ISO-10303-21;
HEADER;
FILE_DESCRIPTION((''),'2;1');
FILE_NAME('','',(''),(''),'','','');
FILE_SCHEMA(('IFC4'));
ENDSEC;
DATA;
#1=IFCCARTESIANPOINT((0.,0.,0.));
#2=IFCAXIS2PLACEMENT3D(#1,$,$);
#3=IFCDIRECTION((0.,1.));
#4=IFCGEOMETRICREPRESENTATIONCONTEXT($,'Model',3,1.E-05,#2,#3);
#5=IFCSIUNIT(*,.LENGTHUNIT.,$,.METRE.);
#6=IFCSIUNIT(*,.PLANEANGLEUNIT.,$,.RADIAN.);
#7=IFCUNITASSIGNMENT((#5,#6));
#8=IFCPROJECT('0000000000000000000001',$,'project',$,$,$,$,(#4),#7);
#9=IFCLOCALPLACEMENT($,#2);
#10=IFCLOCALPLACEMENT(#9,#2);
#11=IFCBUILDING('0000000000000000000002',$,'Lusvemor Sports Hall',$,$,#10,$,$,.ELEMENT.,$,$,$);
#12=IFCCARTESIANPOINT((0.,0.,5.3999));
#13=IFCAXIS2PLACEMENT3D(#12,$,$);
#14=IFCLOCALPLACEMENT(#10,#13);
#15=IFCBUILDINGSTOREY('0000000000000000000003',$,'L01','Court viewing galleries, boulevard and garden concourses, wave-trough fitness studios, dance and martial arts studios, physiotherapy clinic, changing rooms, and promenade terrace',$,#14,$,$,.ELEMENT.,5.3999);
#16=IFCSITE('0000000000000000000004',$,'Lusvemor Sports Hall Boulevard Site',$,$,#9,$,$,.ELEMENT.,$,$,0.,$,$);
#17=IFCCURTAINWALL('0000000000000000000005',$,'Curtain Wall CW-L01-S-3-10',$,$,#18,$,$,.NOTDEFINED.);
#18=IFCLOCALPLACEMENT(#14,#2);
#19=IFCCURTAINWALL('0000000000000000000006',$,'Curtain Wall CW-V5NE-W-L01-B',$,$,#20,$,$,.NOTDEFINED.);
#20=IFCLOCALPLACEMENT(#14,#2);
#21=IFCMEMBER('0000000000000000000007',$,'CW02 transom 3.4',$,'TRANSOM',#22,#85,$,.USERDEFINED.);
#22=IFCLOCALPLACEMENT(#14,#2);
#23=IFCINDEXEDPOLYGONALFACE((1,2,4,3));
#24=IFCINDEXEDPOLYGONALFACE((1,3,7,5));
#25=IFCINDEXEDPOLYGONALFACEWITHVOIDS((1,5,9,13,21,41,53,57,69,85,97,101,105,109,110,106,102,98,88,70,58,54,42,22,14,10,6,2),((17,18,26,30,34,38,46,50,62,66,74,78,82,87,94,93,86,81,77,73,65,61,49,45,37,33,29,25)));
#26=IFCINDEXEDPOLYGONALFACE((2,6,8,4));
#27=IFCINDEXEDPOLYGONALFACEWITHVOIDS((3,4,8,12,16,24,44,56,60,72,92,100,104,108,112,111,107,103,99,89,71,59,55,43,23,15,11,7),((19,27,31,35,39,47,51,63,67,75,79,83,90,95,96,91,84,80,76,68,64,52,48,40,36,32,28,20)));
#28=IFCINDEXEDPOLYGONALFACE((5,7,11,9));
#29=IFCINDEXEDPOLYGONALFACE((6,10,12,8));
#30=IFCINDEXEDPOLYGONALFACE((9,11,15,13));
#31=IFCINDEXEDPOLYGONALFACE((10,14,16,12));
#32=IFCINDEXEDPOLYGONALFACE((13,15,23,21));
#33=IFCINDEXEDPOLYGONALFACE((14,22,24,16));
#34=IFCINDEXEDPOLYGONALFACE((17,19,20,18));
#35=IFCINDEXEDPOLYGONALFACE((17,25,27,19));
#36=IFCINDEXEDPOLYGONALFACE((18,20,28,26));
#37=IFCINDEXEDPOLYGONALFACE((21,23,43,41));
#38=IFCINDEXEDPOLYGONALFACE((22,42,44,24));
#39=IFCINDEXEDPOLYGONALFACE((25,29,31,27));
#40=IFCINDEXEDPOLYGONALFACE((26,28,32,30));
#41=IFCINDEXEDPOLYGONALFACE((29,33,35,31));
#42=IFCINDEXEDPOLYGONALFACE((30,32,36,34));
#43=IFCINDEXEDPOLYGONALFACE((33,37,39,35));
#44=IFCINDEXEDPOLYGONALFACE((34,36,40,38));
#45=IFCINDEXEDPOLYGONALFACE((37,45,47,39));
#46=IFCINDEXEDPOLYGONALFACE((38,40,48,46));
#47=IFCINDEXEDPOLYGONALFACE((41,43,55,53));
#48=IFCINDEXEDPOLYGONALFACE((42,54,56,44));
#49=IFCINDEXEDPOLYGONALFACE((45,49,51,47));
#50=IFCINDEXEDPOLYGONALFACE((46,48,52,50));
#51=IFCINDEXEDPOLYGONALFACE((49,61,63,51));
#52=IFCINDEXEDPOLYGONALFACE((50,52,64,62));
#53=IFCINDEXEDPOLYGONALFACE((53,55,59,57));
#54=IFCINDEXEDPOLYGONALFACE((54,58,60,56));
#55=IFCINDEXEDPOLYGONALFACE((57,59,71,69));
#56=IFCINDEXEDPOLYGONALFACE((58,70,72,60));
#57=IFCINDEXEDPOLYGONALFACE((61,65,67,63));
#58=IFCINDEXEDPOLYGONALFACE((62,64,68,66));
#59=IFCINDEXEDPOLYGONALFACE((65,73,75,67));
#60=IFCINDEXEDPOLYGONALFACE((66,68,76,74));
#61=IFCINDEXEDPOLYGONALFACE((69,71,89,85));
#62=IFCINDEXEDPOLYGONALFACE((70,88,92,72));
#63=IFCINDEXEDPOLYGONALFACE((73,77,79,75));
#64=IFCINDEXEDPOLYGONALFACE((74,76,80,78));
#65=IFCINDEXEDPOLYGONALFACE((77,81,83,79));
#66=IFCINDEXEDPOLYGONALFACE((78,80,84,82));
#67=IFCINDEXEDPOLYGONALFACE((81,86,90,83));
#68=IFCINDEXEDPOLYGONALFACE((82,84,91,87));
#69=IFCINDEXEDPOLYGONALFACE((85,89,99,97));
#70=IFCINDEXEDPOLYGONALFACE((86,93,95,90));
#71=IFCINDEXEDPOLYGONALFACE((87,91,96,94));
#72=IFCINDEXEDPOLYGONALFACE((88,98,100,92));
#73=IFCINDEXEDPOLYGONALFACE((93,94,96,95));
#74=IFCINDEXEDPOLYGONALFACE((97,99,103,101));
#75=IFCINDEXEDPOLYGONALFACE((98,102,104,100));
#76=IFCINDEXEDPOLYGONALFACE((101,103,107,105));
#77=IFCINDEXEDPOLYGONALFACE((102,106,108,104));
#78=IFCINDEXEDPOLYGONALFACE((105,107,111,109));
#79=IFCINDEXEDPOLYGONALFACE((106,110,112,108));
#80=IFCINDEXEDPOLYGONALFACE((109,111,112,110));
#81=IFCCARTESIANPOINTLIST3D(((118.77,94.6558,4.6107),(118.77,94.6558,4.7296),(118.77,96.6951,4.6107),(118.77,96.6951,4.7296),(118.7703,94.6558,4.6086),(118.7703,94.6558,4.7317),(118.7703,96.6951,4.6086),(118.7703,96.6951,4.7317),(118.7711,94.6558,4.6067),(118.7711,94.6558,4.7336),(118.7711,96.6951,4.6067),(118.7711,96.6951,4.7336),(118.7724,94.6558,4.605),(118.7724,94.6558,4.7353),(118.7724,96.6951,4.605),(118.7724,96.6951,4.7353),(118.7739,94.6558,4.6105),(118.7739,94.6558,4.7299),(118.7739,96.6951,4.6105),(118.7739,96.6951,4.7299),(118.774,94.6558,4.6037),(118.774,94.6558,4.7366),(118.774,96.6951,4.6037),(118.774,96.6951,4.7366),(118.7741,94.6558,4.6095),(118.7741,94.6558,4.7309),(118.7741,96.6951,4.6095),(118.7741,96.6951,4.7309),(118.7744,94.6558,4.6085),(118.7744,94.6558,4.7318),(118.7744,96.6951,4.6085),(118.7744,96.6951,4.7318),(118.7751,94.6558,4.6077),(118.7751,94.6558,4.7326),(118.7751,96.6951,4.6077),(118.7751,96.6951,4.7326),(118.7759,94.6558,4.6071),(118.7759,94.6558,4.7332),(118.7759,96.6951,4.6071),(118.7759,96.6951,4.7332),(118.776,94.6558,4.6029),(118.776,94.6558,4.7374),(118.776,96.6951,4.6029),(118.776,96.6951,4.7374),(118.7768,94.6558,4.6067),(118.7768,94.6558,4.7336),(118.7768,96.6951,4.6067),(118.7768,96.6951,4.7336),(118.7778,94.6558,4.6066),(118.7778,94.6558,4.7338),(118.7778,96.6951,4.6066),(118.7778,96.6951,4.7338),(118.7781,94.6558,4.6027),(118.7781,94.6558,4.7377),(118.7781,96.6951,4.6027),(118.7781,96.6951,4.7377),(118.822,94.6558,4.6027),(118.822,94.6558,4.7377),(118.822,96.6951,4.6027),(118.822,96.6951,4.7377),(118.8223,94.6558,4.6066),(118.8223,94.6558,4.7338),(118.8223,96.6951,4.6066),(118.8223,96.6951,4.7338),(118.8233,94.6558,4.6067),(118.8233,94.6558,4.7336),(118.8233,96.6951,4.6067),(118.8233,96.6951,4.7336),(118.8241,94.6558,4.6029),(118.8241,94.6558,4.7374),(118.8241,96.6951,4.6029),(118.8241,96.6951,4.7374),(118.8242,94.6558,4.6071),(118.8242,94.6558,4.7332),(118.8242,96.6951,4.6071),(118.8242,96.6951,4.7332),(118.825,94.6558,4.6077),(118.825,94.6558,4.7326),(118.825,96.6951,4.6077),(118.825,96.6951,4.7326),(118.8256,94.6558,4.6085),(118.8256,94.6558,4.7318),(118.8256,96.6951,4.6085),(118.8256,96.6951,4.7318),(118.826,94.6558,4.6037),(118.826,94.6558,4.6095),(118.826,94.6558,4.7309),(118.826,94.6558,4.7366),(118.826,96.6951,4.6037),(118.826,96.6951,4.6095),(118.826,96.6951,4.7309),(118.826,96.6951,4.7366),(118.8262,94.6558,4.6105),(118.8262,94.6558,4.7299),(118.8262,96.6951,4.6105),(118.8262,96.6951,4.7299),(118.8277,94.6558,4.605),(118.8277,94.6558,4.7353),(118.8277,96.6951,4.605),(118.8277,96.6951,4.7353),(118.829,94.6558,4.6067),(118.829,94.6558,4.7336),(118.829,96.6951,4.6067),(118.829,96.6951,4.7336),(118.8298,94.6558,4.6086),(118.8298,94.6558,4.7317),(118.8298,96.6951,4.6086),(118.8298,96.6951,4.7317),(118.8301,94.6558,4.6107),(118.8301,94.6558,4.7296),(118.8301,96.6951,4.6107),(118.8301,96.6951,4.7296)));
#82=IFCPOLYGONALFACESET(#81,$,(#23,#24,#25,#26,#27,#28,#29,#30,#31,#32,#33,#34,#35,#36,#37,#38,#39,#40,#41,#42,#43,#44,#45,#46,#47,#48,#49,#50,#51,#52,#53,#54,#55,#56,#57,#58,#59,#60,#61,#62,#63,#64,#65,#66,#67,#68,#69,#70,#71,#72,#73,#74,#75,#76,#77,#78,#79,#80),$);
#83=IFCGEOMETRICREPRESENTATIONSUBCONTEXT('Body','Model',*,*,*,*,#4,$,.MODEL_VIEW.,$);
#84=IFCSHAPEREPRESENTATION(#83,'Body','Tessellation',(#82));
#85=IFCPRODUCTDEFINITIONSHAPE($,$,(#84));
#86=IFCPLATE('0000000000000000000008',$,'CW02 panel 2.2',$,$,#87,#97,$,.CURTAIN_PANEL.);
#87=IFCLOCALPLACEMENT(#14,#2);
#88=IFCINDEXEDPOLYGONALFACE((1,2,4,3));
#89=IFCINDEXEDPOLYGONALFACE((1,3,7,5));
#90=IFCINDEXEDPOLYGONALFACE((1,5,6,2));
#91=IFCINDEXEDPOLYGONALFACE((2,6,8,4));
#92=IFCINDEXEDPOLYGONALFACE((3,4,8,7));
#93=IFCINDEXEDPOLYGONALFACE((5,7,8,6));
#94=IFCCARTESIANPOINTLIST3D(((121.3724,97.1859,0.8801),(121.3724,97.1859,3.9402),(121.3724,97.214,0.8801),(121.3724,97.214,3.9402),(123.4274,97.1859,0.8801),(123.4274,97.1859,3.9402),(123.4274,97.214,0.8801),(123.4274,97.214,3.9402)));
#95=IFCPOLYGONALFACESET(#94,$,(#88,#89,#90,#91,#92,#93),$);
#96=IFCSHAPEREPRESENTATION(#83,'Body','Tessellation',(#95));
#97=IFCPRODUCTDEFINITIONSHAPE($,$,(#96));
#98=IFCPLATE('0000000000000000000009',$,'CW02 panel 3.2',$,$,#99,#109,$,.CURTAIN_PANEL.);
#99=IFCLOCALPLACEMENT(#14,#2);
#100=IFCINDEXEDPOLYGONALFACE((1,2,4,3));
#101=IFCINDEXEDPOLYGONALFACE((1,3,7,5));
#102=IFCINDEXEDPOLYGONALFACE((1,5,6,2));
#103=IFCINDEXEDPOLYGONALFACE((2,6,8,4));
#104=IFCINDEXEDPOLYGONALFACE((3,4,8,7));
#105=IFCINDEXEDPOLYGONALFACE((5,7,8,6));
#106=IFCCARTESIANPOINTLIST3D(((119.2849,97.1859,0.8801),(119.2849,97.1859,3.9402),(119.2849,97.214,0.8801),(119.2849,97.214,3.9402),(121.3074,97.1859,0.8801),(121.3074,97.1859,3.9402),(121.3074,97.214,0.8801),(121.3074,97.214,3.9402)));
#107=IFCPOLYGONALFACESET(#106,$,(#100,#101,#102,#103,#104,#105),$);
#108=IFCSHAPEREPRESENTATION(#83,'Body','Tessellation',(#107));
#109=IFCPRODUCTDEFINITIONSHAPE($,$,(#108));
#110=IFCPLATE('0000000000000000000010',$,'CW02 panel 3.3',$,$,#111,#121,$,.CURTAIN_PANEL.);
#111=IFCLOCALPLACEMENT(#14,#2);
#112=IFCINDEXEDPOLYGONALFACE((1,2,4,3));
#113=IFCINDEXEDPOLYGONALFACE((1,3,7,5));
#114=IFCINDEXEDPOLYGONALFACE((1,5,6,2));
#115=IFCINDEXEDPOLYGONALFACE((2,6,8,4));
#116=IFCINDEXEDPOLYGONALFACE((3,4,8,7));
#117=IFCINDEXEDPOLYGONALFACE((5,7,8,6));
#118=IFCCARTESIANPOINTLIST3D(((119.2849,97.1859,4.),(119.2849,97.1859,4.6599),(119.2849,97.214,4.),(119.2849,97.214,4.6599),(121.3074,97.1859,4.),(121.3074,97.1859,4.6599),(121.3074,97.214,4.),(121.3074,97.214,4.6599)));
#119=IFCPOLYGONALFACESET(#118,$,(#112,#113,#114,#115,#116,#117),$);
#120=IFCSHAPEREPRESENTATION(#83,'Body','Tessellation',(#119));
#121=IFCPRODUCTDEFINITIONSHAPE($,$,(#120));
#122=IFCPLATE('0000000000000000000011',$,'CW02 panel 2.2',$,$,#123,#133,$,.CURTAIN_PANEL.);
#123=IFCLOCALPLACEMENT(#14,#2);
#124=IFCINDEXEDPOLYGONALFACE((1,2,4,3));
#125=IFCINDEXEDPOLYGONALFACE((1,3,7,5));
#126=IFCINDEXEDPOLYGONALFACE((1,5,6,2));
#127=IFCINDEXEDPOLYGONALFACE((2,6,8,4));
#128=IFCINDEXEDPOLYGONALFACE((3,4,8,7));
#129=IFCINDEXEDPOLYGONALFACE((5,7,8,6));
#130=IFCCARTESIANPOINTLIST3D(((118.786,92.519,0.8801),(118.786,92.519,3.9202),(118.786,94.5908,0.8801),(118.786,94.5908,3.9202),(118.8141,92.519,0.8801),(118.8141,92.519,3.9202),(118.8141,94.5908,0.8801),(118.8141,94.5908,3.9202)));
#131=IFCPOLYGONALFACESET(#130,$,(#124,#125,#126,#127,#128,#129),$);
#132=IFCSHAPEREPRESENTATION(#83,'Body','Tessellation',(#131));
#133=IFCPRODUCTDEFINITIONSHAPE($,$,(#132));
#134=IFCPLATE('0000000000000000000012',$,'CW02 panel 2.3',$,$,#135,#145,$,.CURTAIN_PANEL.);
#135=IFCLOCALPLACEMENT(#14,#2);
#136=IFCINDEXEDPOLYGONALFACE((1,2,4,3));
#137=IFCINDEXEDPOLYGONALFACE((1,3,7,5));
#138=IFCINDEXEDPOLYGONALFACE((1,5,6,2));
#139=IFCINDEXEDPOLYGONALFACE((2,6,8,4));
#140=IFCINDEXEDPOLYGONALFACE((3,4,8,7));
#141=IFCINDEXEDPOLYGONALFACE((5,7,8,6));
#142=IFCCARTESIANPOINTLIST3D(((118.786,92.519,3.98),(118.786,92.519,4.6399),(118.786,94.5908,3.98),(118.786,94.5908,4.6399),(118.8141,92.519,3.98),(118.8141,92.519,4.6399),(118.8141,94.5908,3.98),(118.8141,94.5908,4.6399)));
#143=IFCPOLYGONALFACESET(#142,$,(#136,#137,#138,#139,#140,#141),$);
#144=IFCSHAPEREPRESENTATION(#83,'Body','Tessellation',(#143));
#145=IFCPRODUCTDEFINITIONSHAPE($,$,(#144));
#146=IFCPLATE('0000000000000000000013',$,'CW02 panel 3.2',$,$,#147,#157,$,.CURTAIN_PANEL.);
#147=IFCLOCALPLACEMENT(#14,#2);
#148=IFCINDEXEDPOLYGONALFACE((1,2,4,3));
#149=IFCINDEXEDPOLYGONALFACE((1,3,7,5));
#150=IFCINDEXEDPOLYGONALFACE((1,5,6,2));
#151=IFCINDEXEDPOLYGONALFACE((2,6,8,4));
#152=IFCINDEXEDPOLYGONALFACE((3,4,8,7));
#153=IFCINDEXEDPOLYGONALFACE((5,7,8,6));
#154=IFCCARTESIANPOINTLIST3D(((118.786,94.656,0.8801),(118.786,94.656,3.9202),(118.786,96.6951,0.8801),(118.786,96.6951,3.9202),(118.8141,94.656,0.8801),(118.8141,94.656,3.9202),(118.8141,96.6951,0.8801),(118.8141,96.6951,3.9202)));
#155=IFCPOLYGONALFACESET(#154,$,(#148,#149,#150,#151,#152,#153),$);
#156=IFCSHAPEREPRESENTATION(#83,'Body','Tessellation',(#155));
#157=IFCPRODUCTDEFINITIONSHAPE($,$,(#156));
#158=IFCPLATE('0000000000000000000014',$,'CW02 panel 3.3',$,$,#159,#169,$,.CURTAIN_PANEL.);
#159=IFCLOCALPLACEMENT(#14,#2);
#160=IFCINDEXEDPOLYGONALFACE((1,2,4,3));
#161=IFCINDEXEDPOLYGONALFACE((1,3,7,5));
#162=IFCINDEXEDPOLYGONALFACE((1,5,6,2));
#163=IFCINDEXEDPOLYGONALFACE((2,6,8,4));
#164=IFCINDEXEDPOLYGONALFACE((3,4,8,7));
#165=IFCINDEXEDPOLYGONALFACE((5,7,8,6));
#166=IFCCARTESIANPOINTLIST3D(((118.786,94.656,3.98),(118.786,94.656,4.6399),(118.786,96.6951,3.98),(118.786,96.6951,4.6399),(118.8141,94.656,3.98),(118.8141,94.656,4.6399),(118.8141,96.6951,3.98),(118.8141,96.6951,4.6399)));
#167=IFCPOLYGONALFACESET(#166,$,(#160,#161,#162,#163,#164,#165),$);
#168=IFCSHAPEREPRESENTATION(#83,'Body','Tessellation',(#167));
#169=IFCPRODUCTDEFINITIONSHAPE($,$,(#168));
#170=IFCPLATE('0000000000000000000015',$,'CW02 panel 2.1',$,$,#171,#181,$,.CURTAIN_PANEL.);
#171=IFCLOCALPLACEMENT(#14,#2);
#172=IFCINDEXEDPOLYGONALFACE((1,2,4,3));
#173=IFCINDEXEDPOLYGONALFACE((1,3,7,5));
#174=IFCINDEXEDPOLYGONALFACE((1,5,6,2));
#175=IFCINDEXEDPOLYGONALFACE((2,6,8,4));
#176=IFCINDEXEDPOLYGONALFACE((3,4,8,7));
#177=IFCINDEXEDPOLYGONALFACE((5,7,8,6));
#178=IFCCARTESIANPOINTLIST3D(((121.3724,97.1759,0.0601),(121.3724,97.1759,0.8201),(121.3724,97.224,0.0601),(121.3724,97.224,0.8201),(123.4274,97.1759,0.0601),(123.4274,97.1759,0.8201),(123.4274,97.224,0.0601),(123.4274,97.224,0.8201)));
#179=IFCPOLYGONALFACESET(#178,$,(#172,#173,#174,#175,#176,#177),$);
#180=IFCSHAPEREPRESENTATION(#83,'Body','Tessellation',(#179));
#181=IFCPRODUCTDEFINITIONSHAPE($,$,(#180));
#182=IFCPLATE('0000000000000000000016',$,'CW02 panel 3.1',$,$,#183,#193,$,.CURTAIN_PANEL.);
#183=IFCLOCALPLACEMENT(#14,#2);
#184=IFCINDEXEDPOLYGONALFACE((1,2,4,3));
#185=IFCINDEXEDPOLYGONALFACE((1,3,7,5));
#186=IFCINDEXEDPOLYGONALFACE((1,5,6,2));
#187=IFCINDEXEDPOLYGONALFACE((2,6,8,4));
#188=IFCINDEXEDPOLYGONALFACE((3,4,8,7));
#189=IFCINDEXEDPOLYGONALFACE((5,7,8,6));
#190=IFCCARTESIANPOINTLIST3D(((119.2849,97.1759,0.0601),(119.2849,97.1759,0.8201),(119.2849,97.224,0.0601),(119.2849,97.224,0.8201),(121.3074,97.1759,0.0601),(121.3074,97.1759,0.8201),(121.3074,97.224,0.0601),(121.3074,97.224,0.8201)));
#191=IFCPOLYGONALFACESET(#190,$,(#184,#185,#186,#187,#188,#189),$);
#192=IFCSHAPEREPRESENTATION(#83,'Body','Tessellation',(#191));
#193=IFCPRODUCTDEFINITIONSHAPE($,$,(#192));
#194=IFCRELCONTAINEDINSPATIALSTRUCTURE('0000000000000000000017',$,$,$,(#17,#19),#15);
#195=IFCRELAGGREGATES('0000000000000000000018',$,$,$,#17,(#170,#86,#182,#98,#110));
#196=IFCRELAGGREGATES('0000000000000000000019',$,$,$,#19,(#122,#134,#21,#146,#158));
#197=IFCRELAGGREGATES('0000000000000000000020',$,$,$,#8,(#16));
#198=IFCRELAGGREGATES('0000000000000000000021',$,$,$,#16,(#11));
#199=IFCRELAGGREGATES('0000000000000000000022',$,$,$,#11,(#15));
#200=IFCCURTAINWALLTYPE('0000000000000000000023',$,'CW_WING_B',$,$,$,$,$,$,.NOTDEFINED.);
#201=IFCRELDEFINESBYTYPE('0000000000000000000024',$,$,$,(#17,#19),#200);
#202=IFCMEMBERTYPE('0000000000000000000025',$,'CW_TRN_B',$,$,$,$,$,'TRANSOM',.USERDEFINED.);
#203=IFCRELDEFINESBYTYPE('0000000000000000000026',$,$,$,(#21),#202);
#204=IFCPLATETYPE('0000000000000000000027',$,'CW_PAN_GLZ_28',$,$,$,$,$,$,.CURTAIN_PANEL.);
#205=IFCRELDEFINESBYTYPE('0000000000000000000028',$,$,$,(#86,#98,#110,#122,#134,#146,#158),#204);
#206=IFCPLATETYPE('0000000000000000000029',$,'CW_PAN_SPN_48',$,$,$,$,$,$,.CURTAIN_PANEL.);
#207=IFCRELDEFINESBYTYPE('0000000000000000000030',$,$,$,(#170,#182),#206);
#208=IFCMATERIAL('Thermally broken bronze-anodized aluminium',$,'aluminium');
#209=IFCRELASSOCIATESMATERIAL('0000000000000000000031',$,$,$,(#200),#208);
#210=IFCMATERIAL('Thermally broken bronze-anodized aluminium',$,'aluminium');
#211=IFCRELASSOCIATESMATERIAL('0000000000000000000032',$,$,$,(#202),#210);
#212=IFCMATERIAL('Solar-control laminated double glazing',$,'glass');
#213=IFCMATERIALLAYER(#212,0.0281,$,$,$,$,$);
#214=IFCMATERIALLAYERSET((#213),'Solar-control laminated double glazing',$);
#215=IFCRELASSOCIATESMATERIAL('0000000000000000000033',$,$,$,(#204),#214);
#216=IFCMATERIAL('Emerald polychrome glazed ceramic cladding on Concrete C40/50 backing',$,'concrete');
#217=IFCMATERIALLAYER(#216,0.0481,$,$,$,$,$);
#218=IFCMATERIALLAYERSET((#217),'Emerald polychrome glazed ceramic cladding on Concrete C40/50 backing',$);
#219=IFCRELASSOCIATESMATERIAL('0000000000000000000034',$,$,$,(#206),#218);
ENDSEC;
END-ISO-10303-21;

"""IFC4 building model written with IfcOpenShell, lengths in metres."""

from ifc_helpers import new_model, si_unit, direction, frame, origin, origin_2d, place, context, subcontext, project, spatial, rectangle, hollow_rectangle, extrude, material, layer, layer_set, material_profile, profile_set, type_object, element, aggregate, save


model = new_model("IFC4")

# Units and contexts
model_context = context("Model", 3, precision=1e-05, world=origin(), true_north=direction((0.0, 1.0)))
body_context = subcontext(model_context, "Body", "Model", "MODEL_VIEW")
ifc_project = project(units=[si_unit("LENGTHUNIT", "METRE"), si_unit("PLANEANGLEUNIT", "RADIAN")], contexts=[model_context])

# Site, building, storey
site_placement = place(None, origin())
site = spatial("IfcSite", under=ifc_project, at=site_placement, Name="Lusvemor Sports Hall Boulevard Site", CompositionType="ELEMENT", RefElevation=0.0)
building_placement = place(site_placement, origin())
building = spatial("IfcBuilding", under=site, at=building_placement, Name="Lusvemor Sports Hall", CompositionType="ELEMENT")
storey_placement = place(building_placement, frame((0.0, 0.0, 5.3999)))
storey = spatial("IfcBuildingStorey", under=building, at=storey_placement, Name="L01", Description="Court viewing galleries, boulevard and garden concourses, wave-trough fitness studios, dance and martial arts studios, physiotherapy clinic, changing rooms, and promenade terrace", CompositionType="ELEMENT", Elevation=5.3999)

# Curtain walls
ifc_material_1 = material(Name="Thermally broken bronze-anodized aluminium", Category="aluminium")
curtain_wall_type = type_object("IfcCurtainWallType", Name="CW_WING_B", PredefinedType="NOTDEFINED", material=ifc_material_1)
curtain_wall_1_placement = place(storey_placement, origin())
curtain_wall_1 = element("IfcCurtainWall", 1, at=curtain_wall_1_placement, inside=storey, type_object=curtain_wall_type, Name="Curtain Wall CW-L01-S-3-10", PredefinedType="NOTDEFINED")
curtain_wall_2_placement = place(storey_placement, origin())
curtain_wall_2 = element("IfcCurtainWall", 2, at=curtain_wall_2_placement, inside=storey, type_object=curtain_wall_type, Name="Curtain Wall CW-V5NE-W-L01-B", PredefinedType="NOTDEFINED")

# Member
ifc_material_2 = material(Name="Thermally broken bronze-anodized aluminium", Category="aluminium")
ifc_material_profile_1 = material_profile(ifc_material_2, hollow_rectangle(XDim=0.0601, YDim=0.135, WallThickness=0.0039, InnerFilletRadius=0.0039, OuterFilletRadius=0.0081, at=origin_2d()), Name="CWTRN135x60x4")
ifc_profile_set_1 = profile_set([ifc_material_profile_1], Name="Thermally broken bronze-anodized aluminium")
member_type_1 = type_object("IfcMemberType", Name="CW_TRN_B", ElementType="TRANSOM", PredefinedType="USERDEFINED", material=ifc_profile_set_1)
member_1_placement = place(storey_placement, frame((118.8, 94.6558, 4.6702), z_axis=(0.0, 1.0, 0.0), x_axis=(-1.0, 0.0, 0.0)))
member_1 = element("IfcMember", 3, at=member_1_placement, type_object=member_type_1, Name="CW02 transom 3.4", ObjectType="TRANSOM", PredefinedType="USERDEFINED", context=body_context, shape_type="SweptSolid", body=[
    extrude(hollow_rectangle(XDim=0.0601, YDim=0.135, WallThickness=0.0039, InnerFilletRadius=0.0039, OuterFilletRadius=0.0081, at=origin_2d()), origin(), (0.0, 0.0, 1.0), 2.0393),
])

# Plates
ifc_material_3 = material(Name="Solar-control laminated double glazing", Category="glass")
ifc_layer_1 = layer(ifc_material_3, 0.0281)
ifc_layer_set_1 = layer_set([ifc_layer_1], Name="Solar-control laminated double glazing")
plate_type_1 = type_object("IfcPlateType", Name="CW_PAN_GLZ_28", PredefinedType="CURTAIN_PANEL", material=ifc_layer_set_1)
plate_1_placement = place(storey_placement, frame((122.3999, 97.2, 0.8801), z_axis=(0.0, 0.0, 1.0), x_axis=(-1.0, 0.0, 0.0)))
plate_1 = element("IfcPlate", 4, at=plate_1_placement, type_object=plate_type_1, Name="CW02 panel 2.2", PredefinedType="CURTAIN_PANEL", context=body_context, shape_type="SweptSolid", body=[
    extrude(rectangle(XDim=2.0549, YDim=0.0281, at=origin_2d()), origin(), (0.0, 0.0, 1.0), 3.0601),
])
plate_2_placement = place(storey_placement, frame((120.2961, 97.2, 0.8801), z_axis=(0.0, 0.0, 1.0), x_axis=(-1.0, 0.0, 0.0)))
plate_2 = element("IfcPlate", 5, at=plate_2_placement, type_object=plate_type_1, Name="CW02 panel 3.2", PredefinedType="CURTAIN_PANEL", context=body_context, shape_type="SweptSolid", body=[
    extrude(rectangle(XDim=2.0225, YDim=0.0281, at=origin_2d()), origin(), (0.0, 0.0, 1.0), 3.0601),
])
plate_3_placement = place(storey_placement, frame((120.2961, 97.2, 4.0), z_axis=(0.0, 0.0, 1.0), x_axis=(-1.0, 0.0, 0.0)))
plate_3 = element("IfcPlate", 6, at=plate_3_placement, type_object=plate_type_1, Name="CW02 panel 3.3", PredefinedType="CURTAIN_PANEL", context=body_context, shape_type="SweptSolid", body=[
    extrude(rectangle(XDim=2.0225, YDim=0.0281, at=origin_2d()), origin(), (0.0, 0.0, 1.0), 0.6599),
])
plate_4_placement = place(storey_placement, frame((118.8, 93.5549, 0.8801), z_axis=(0.0, 0.0, 1.0), x_axis=(0.0, 1.0, 0.0)))
plate_4 = element("IfcPlate", 7, at=plate_4_placement, type_object=plate_type_1, Name="CW02 panel 2.2", PredefinedType="CURTAIN_PANEL", context=body_context, shape_type="SweptSolid", body=[
    extrude(rectangle(XDim=2.0718, YDim=0.0281, at=origin_2d()), origin(), (0.0, 0.0, 1.0), 3.04),
])
plate_5_placement = place(storey_placement, frame((118.8, 93.5549, 3.98), z_axis=(0.0, 0.0, 1.0), x_axis=(0.0, 1.0, 0.0)))
plate_5 = element("IfcPlate", 8, at=plate_5_placement, type_object=plate_type_1, Name="CW02 panel 2.3", PredefinedType="CURTAIN_PANEL", context=body_context, shape_type="SweptSolid", body=[
    extrude(rectangle(XDim=2.0718, YDim=0.0281, at=origin_2d()), origin(), (0.0, 0.0, 1.0), 0.6599),
])
plate_6_placement = place(storey_placement, frame((118.8, 95.6755, 0.8801), z_axis=(0.0, 0.0, 1.0), x_axis=(0.0, 1.0, 0.0)))
plate_6 = element("IfcPlate", 9, at=plate_6_placement, type_object=plate_type_1, Name="CW02 panel 3.2", PredefinedType="CURTAIN_PANEL", context=body_context, shape_type="SweptSolid", body=[
    extrude(rectangle(XDim=2.0391, YDim=0.0281, at=origin_2d()), origin(), (0.0, 0.0, 1.0), 3.04),
])
plate_7_placement = place(storey_placement, frame((118.8, 95.6755, 3.98), z_axis=(0.0, 0.0, 1.0), x_axis=(0.0, 1.0, 0.0)))
plate_7 = element("IfcPlate", 10, at=plate_7_placement, type_object=plate_type_1, Name="CW02 panel 3.3", PredefinedType="CURTAIN_PANEL", context=body_context, shape_type="SweptSolid", body=[
    extrude(rectangle(XDim=2.0391, YDim=0.0281, at=origin_2d()), origin(), (0.0, 0.0, 1.0), 0.6599),
])
ifc_material_4 = material(Name="Emerald polychrome glazed ceramic cladding on Concrete C40/50 backing", Category="concrete")
ifc_layer_2 = layer(ifc_material_4, 0.0481)
ifc_layer_set_2 = layer_set([ifc_layer_2], Name="Emerald polychrome glazed ceramic cladding on Concrete C40/50 backing")
plate_type_2 = type_object("IfcPlateType", Name="CW_PAN_SPN_48", PredefinedType="CURTAIN_PANEL", material=ifc_layer_set_2)
plate_8_placement = place(storey_placement, frame((122.3999, 97.2, 0.0601), z_axis=(0.0, 0.0, 1.0), x_axis=(-1.0, 0.0, 0.0)))
plate_8 = element("IfcPlate", 11, at=plate_8_placement, type_object=plate_type_2, Name="CW02 panel 2.1", PredefinedType="CURTAIN_PANEL", context=body_context, shape_type="SweptSolid", body=[
    extrude(rectangle(XDim=2.0549, YDim=0.0481, at=origin_2d()), origin(), (0.0, 0.0, 1.0), 0.76),
])
plate_9_placement = place(storey_placement, frame((120.2961, 97.2, 0.0601), z_axis=(0.0, 0.0, 1.0), x_axis=(-1.0, 0.0, 0.0)))
plate_9 = element("IfcPlate", 12, at=plate_9_placement, type_object=plate_type_2, Name="CW02 panel 3.1", PredefinedType="CURTAIN_PANEL", context=body_context, shape_type="SweptSolid", body=[
    extrude(rectangle(XDim=2.0225, YDim=0.0481, at=origin_2d()), origin(), (0.0, 0.0, 1.0), 0.76),
])
aggregate(curtain_wall_1, [plate_8, plate_1, plate_9, plate_2, plate_3])
aggregate(curtain_wall_2, [plate_4, plate_5, member_1, plate_6, plate_7])

save(model, "model.ifc")
